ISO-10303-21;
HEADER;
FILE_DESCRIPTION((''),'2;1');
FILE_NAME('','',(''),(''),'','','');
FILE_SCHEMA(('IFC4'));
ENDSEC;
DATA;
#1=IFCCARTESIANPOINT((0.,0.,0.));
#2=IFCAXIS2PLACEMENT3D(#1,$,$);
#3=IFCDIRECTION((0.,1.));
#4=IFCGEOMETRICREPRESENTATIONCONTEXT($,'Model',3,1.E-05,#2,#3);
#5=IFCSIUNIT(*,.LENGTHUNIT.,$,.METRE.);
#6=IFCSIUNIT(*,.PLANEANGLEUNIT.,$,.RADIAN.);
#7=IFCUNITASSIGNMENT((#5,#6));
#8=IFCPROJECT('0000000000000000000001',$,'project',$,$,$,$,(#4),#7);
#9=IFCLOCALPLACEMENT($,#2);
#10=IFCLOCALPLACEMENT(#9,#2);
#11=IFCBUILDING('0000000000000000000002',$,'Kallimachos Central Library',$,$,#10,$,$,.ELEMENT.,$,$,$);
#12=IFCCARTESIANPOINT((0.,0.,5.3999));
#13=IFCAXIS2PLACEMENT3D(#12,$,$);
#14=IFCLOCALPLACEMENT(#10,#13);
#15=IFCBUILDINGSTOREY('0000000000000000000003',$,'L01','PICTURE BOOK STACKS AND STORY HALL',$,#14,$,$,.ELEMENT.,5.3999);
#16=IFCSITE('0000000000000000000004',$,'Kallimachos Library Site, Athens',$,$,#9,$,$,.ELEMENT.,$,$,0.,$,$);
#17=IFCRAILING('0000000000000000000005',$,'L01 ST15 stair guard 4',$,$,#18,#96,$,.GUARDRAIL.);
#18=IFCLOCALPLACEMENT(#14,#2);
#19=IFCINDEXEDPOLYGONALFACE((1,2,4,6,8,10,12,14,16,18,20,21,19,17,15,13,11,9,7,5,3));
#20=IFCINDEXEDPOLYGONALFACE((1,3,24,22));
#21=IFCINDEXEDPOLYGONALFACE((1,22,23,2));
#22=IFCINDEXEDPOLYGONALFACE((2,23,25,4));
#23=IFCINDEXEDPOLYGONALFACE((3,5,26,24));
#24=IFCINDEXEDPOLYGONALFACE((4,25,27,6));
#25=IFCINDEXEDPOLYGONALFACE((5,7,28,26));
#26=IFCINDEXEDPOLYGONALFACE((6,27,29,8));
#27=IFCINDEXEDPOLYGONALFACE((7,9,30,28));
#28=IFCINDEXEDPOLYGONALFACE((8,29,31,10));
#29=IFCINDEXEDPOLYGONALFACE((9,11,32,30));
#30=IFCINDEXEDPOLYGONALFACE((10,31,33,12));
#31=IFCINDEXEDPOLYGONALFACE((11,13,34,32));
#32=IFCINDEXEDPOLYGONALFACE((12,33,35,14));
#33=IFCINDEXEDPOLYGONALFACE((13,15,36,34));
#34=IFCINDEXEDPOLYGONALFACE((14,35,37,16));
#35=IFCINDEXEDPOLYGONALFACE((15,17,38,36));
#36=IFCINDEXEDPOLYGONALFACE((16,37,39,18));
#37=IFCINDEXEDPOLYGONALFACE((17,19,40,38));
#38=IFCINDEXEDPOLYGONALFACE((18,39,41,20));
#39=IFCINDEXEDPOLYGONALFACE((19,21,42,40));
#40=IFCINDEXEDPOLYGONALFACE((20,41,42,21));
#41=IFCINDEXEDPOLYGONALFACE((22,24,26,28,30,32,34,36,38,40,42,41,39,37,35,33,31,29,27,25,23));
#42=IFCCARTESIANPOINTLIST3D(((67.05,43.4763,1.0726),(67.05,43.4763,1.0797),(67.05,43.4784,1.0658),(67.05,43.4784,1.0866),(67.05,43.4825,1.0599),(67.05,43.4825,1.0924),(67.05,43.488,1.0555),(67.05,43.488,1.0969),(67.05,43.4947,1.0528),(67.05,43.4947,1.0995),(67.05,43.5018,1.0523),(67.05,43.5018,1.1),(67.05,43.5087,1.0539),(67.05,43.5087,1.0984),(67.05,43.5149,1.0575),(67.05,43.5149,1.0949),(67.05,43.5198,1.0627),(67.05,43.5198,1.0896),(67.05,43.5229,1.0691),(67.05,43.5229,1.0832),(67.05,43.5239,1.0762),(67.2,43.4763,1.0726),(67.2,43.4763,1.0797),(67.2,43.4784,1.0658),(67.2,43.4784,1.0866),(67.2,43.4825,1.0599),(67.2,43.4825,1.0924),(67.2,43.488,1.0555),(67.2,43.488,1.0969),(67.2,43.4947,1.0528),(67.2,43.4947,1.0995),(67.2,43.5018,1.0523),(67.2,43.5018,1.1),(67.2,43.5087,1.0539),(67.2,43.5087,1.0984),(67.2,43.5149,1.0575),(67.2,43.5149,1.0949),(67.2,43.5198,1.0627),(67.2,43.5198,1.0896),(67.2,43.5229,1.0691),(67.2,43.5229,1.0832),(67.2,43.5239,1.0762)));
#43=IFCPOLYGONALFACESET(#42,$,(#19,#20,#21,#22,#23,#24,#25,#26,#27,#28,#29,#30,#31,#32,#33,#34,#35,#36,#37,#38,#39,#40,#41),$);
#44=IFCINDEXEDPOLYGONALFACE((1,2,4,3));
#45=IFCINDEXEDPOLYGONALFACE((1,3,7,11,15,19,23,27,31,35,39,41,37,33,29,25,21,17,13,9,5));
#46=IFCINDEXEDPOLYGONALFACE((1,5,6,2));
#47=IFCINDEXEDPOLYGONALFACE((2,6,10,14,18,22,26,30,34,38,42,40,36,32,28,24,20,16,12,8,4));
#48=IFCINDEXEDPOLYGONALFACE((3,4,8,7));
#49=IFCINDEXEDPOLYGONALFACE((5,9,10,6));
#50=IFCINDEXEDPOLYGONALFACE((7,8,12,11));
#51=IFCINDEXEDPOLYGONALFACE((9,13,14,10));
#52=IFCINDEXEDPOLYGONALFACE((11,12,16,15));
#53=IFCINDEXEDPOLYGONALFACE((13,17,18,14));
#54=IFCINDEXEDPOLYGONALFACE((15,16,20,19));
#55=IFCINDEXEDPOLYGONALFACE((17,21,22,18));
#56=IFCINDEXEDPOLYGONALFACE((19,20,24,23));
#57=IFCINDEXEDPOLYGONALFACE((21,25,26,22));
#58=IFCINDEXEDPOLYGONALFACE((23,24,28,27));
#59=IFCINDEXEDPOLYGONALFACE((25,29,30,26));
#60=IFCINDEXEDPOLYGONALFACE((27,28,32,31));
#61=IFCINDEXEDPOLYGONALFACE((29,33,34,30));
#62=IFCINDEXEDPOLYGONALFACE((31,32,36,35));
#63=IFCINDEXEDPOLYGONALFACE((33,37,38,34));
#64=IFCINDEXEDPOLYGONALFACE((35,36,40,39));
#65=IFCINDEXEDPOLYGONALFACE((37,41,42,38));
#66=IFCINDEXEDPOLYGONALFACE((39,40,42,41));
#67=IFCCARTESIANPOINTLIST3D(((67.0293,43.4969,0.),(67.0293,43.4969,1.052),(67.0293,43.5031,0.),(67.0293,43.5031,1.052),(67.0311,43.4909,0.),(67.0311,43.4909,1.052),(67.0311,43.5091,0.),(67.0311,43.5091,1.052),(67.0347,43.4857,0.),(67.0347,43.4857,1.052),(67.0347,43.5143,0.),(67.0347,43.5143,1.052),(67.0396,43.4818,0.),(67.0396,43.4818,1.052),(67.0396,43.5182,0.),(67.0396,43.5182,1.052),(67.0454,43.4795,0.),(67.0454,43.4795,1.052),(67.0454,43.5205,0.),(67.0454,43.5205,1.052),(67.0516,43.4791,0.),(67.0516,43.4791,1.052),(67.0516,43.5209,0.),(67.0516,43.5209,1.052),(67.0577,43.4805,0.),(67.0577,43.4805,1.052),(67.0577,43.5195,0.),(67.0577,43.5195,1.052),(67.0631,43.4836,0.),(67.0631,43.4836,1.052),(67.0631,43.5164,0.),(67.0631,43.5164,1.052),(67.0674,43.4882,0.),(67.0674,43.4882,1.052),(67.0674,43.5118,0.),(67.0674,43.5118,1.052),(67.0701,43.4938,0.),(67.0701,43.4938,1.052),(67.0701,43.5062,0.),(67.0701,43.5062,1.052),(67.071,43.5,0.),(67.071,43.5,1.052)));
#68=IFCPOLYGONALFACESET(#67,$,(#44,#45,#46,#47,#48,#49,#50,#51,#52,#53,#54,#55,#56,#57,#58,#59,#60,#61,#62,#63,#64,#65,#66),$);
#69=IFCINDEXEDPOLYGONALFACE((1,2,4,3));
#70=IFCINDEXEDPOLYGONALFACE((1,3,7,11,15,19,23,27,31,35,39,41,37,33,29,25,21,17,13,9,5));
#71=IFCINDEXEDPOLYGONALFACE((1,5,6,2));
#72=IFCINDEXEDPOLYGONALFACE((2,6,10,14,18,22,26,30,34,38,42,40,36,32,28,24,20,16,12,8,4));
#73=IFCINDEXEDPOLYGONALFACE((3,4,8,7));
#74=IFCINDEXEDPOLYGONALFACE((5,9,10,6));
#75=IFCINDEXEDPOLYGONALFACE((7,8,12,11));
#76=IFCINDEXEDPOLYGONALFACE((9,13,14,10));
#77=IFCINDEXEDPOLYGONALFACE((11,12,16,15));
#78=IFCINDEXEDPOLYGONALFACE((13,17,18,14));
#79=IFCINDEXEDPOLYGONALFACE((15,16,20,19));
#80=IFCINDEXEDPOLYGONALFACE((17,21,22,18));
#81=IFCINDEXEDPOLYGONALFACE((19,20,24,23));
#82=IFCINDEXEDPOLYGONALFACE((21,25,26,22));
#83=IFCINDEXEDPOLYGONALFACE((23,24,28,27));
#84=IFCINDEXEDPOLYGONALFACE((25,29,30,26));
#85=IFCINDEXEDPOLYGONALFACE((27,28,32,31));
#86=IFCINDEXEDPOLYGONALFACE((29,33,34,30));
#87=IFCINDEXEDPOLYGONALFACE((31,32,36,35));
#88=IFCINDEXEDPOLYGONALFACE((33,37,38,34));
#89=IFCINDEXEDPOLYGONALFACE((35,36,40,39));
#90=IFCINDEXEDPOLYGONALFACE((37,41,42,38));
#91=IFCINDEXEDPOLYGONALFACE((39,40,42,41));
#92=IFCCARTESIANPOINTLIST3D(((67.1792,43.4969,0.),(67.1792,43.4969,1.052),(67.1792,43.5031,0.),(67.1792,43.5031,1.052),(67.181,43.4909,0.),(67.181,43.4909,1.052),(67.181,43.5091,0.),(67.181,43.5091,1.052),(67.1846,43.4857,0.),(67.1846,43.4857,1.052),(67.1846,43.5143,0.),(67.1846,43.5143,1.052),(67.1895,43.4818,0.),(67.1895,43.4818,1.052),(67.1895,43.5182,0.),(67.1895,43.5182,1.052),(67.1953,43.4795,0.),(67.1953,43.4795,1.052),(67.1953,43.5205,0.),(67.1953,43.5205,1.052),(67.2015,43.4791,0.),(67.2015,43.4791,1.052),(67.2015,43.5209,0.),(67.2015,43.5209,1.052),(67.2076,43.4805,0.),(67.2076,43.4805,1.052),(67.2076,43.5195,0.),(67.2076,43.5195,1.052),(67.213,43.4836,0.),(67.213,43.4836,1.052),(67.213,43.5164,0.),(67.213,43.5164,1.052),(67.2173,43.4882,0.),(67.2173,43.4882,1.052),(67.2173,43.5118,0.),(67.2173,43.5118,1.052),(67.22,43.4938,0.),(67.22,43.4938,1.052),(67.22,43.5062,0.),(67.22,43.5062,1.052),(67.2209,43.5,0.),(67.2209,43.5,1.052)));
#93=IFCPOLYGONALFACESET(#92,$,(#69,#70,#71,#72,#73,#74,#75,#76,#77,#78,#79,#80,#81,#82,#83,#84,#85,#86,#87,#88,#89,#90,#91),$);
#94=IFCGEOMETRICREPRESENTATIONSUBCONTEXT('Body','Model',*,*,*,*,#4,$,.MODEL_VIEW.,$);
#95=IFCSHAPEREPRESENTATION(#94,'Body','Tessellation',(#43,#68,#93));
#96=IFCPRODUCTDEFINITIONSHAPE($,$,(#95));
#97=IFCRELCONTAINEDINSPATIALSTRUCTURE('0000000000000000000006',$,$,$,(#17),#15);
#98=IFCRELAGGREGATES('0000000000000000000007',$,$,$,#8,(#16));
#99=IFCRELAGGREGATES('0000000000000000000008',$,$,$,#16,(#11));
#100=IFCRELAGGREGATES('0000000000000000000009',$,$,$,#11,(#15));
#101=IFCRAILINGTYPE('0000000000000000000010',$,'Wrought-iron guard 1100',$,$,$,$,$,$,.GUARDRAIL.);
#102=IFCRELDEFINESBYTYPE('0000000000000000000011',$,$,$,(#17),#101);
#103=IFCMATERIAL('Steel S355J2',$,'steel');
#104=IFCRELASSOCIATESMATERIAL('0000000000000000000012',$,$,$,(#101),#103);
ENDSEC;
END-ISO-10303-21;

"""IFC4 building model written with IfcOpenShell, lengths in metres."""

from ifc_helpers import new_model, si_unit, direction, frame, origin, origin_2d, place, context, subcontext, project, spatial, circle, extrude, material, type_object, element, save


model = new_model("IFC4")

# Units and contexts
model_context = context("Model", 3, precision=1e-05, world=origin(), true_north=direction((0.0, 1.0)))
body_context = subcontext(model_context, "Body", "Model", "MODEL_VIEW")
ifc_project = project(units=[si_unit("LENGTHUNIT", "METRE"), si_unit("PLANEANGLEUNIT", "RADIAN")], contexts=[model_context])

# Site, building, storey
site_placement = place(None, origin())
site = spatial("IfcSite", under=ifc_project, at=site_placement, Name="Kallimachos Library Site, Athens", CompositionType="ELEMENT", RefElevation=0.0)
building_placement = place(site_placement, origin())
building = spatial("IfcBuilding", under=site, at=building_placement, Name="Kallimachos Central Library", CompositionType="ELEMENT")
storey_placement = place(building_placement, frame((0.0, 0.0, 5.3999)))
storey = spatial("IfcBuildingStorey", under=building, at=storey_placement, Name="L01", Description="PICTURE BOOK STACKS AND STORY HALL", CompositionType="ELEMENT", Elevation=5.3999)

# Railing
ifc_material_1 = material(Name="Steel S355J2", Category="steel")
railing_type_1 = type_object("IfcRailingType", Name="Wrought-iron guard 1100", PredefinedType="GUARDRAIL", material=ifc_material_1)
railing_1_placement = place(storey_placement, frame((67.05, 43.5, 0.0)))
element("IfcRailing", 1, at=railing_1_placement, inside=storey, type_object=railing_type_1, Name="L01 ST15 stair guard 4", PredefinedType="GUARDRAIL", context=body_context, shape_type="SweptSolid", body=[
    extrude(circle(Radius=0.0239, at=origin_2d()), frame((0.0, 0.0, 1.0762), z_axis=(1.0, 0.0, 0.0), x_axis=(0.0, 1.0, 0.0)), (0.0, 0.0, 1.0), 0.1499),
    extrude(circle(Radius=0.021, at=origin_2d()), origin(), (0.0, 0.0, 1.0), 1.052),
    extrude(circle(Radius=0.021, at=origin_2d()), frame((0.1499, 0.0, 0.0)), (0.0, 0.0, 1.0), 1.052),
])

save(model, "model.ifc")
